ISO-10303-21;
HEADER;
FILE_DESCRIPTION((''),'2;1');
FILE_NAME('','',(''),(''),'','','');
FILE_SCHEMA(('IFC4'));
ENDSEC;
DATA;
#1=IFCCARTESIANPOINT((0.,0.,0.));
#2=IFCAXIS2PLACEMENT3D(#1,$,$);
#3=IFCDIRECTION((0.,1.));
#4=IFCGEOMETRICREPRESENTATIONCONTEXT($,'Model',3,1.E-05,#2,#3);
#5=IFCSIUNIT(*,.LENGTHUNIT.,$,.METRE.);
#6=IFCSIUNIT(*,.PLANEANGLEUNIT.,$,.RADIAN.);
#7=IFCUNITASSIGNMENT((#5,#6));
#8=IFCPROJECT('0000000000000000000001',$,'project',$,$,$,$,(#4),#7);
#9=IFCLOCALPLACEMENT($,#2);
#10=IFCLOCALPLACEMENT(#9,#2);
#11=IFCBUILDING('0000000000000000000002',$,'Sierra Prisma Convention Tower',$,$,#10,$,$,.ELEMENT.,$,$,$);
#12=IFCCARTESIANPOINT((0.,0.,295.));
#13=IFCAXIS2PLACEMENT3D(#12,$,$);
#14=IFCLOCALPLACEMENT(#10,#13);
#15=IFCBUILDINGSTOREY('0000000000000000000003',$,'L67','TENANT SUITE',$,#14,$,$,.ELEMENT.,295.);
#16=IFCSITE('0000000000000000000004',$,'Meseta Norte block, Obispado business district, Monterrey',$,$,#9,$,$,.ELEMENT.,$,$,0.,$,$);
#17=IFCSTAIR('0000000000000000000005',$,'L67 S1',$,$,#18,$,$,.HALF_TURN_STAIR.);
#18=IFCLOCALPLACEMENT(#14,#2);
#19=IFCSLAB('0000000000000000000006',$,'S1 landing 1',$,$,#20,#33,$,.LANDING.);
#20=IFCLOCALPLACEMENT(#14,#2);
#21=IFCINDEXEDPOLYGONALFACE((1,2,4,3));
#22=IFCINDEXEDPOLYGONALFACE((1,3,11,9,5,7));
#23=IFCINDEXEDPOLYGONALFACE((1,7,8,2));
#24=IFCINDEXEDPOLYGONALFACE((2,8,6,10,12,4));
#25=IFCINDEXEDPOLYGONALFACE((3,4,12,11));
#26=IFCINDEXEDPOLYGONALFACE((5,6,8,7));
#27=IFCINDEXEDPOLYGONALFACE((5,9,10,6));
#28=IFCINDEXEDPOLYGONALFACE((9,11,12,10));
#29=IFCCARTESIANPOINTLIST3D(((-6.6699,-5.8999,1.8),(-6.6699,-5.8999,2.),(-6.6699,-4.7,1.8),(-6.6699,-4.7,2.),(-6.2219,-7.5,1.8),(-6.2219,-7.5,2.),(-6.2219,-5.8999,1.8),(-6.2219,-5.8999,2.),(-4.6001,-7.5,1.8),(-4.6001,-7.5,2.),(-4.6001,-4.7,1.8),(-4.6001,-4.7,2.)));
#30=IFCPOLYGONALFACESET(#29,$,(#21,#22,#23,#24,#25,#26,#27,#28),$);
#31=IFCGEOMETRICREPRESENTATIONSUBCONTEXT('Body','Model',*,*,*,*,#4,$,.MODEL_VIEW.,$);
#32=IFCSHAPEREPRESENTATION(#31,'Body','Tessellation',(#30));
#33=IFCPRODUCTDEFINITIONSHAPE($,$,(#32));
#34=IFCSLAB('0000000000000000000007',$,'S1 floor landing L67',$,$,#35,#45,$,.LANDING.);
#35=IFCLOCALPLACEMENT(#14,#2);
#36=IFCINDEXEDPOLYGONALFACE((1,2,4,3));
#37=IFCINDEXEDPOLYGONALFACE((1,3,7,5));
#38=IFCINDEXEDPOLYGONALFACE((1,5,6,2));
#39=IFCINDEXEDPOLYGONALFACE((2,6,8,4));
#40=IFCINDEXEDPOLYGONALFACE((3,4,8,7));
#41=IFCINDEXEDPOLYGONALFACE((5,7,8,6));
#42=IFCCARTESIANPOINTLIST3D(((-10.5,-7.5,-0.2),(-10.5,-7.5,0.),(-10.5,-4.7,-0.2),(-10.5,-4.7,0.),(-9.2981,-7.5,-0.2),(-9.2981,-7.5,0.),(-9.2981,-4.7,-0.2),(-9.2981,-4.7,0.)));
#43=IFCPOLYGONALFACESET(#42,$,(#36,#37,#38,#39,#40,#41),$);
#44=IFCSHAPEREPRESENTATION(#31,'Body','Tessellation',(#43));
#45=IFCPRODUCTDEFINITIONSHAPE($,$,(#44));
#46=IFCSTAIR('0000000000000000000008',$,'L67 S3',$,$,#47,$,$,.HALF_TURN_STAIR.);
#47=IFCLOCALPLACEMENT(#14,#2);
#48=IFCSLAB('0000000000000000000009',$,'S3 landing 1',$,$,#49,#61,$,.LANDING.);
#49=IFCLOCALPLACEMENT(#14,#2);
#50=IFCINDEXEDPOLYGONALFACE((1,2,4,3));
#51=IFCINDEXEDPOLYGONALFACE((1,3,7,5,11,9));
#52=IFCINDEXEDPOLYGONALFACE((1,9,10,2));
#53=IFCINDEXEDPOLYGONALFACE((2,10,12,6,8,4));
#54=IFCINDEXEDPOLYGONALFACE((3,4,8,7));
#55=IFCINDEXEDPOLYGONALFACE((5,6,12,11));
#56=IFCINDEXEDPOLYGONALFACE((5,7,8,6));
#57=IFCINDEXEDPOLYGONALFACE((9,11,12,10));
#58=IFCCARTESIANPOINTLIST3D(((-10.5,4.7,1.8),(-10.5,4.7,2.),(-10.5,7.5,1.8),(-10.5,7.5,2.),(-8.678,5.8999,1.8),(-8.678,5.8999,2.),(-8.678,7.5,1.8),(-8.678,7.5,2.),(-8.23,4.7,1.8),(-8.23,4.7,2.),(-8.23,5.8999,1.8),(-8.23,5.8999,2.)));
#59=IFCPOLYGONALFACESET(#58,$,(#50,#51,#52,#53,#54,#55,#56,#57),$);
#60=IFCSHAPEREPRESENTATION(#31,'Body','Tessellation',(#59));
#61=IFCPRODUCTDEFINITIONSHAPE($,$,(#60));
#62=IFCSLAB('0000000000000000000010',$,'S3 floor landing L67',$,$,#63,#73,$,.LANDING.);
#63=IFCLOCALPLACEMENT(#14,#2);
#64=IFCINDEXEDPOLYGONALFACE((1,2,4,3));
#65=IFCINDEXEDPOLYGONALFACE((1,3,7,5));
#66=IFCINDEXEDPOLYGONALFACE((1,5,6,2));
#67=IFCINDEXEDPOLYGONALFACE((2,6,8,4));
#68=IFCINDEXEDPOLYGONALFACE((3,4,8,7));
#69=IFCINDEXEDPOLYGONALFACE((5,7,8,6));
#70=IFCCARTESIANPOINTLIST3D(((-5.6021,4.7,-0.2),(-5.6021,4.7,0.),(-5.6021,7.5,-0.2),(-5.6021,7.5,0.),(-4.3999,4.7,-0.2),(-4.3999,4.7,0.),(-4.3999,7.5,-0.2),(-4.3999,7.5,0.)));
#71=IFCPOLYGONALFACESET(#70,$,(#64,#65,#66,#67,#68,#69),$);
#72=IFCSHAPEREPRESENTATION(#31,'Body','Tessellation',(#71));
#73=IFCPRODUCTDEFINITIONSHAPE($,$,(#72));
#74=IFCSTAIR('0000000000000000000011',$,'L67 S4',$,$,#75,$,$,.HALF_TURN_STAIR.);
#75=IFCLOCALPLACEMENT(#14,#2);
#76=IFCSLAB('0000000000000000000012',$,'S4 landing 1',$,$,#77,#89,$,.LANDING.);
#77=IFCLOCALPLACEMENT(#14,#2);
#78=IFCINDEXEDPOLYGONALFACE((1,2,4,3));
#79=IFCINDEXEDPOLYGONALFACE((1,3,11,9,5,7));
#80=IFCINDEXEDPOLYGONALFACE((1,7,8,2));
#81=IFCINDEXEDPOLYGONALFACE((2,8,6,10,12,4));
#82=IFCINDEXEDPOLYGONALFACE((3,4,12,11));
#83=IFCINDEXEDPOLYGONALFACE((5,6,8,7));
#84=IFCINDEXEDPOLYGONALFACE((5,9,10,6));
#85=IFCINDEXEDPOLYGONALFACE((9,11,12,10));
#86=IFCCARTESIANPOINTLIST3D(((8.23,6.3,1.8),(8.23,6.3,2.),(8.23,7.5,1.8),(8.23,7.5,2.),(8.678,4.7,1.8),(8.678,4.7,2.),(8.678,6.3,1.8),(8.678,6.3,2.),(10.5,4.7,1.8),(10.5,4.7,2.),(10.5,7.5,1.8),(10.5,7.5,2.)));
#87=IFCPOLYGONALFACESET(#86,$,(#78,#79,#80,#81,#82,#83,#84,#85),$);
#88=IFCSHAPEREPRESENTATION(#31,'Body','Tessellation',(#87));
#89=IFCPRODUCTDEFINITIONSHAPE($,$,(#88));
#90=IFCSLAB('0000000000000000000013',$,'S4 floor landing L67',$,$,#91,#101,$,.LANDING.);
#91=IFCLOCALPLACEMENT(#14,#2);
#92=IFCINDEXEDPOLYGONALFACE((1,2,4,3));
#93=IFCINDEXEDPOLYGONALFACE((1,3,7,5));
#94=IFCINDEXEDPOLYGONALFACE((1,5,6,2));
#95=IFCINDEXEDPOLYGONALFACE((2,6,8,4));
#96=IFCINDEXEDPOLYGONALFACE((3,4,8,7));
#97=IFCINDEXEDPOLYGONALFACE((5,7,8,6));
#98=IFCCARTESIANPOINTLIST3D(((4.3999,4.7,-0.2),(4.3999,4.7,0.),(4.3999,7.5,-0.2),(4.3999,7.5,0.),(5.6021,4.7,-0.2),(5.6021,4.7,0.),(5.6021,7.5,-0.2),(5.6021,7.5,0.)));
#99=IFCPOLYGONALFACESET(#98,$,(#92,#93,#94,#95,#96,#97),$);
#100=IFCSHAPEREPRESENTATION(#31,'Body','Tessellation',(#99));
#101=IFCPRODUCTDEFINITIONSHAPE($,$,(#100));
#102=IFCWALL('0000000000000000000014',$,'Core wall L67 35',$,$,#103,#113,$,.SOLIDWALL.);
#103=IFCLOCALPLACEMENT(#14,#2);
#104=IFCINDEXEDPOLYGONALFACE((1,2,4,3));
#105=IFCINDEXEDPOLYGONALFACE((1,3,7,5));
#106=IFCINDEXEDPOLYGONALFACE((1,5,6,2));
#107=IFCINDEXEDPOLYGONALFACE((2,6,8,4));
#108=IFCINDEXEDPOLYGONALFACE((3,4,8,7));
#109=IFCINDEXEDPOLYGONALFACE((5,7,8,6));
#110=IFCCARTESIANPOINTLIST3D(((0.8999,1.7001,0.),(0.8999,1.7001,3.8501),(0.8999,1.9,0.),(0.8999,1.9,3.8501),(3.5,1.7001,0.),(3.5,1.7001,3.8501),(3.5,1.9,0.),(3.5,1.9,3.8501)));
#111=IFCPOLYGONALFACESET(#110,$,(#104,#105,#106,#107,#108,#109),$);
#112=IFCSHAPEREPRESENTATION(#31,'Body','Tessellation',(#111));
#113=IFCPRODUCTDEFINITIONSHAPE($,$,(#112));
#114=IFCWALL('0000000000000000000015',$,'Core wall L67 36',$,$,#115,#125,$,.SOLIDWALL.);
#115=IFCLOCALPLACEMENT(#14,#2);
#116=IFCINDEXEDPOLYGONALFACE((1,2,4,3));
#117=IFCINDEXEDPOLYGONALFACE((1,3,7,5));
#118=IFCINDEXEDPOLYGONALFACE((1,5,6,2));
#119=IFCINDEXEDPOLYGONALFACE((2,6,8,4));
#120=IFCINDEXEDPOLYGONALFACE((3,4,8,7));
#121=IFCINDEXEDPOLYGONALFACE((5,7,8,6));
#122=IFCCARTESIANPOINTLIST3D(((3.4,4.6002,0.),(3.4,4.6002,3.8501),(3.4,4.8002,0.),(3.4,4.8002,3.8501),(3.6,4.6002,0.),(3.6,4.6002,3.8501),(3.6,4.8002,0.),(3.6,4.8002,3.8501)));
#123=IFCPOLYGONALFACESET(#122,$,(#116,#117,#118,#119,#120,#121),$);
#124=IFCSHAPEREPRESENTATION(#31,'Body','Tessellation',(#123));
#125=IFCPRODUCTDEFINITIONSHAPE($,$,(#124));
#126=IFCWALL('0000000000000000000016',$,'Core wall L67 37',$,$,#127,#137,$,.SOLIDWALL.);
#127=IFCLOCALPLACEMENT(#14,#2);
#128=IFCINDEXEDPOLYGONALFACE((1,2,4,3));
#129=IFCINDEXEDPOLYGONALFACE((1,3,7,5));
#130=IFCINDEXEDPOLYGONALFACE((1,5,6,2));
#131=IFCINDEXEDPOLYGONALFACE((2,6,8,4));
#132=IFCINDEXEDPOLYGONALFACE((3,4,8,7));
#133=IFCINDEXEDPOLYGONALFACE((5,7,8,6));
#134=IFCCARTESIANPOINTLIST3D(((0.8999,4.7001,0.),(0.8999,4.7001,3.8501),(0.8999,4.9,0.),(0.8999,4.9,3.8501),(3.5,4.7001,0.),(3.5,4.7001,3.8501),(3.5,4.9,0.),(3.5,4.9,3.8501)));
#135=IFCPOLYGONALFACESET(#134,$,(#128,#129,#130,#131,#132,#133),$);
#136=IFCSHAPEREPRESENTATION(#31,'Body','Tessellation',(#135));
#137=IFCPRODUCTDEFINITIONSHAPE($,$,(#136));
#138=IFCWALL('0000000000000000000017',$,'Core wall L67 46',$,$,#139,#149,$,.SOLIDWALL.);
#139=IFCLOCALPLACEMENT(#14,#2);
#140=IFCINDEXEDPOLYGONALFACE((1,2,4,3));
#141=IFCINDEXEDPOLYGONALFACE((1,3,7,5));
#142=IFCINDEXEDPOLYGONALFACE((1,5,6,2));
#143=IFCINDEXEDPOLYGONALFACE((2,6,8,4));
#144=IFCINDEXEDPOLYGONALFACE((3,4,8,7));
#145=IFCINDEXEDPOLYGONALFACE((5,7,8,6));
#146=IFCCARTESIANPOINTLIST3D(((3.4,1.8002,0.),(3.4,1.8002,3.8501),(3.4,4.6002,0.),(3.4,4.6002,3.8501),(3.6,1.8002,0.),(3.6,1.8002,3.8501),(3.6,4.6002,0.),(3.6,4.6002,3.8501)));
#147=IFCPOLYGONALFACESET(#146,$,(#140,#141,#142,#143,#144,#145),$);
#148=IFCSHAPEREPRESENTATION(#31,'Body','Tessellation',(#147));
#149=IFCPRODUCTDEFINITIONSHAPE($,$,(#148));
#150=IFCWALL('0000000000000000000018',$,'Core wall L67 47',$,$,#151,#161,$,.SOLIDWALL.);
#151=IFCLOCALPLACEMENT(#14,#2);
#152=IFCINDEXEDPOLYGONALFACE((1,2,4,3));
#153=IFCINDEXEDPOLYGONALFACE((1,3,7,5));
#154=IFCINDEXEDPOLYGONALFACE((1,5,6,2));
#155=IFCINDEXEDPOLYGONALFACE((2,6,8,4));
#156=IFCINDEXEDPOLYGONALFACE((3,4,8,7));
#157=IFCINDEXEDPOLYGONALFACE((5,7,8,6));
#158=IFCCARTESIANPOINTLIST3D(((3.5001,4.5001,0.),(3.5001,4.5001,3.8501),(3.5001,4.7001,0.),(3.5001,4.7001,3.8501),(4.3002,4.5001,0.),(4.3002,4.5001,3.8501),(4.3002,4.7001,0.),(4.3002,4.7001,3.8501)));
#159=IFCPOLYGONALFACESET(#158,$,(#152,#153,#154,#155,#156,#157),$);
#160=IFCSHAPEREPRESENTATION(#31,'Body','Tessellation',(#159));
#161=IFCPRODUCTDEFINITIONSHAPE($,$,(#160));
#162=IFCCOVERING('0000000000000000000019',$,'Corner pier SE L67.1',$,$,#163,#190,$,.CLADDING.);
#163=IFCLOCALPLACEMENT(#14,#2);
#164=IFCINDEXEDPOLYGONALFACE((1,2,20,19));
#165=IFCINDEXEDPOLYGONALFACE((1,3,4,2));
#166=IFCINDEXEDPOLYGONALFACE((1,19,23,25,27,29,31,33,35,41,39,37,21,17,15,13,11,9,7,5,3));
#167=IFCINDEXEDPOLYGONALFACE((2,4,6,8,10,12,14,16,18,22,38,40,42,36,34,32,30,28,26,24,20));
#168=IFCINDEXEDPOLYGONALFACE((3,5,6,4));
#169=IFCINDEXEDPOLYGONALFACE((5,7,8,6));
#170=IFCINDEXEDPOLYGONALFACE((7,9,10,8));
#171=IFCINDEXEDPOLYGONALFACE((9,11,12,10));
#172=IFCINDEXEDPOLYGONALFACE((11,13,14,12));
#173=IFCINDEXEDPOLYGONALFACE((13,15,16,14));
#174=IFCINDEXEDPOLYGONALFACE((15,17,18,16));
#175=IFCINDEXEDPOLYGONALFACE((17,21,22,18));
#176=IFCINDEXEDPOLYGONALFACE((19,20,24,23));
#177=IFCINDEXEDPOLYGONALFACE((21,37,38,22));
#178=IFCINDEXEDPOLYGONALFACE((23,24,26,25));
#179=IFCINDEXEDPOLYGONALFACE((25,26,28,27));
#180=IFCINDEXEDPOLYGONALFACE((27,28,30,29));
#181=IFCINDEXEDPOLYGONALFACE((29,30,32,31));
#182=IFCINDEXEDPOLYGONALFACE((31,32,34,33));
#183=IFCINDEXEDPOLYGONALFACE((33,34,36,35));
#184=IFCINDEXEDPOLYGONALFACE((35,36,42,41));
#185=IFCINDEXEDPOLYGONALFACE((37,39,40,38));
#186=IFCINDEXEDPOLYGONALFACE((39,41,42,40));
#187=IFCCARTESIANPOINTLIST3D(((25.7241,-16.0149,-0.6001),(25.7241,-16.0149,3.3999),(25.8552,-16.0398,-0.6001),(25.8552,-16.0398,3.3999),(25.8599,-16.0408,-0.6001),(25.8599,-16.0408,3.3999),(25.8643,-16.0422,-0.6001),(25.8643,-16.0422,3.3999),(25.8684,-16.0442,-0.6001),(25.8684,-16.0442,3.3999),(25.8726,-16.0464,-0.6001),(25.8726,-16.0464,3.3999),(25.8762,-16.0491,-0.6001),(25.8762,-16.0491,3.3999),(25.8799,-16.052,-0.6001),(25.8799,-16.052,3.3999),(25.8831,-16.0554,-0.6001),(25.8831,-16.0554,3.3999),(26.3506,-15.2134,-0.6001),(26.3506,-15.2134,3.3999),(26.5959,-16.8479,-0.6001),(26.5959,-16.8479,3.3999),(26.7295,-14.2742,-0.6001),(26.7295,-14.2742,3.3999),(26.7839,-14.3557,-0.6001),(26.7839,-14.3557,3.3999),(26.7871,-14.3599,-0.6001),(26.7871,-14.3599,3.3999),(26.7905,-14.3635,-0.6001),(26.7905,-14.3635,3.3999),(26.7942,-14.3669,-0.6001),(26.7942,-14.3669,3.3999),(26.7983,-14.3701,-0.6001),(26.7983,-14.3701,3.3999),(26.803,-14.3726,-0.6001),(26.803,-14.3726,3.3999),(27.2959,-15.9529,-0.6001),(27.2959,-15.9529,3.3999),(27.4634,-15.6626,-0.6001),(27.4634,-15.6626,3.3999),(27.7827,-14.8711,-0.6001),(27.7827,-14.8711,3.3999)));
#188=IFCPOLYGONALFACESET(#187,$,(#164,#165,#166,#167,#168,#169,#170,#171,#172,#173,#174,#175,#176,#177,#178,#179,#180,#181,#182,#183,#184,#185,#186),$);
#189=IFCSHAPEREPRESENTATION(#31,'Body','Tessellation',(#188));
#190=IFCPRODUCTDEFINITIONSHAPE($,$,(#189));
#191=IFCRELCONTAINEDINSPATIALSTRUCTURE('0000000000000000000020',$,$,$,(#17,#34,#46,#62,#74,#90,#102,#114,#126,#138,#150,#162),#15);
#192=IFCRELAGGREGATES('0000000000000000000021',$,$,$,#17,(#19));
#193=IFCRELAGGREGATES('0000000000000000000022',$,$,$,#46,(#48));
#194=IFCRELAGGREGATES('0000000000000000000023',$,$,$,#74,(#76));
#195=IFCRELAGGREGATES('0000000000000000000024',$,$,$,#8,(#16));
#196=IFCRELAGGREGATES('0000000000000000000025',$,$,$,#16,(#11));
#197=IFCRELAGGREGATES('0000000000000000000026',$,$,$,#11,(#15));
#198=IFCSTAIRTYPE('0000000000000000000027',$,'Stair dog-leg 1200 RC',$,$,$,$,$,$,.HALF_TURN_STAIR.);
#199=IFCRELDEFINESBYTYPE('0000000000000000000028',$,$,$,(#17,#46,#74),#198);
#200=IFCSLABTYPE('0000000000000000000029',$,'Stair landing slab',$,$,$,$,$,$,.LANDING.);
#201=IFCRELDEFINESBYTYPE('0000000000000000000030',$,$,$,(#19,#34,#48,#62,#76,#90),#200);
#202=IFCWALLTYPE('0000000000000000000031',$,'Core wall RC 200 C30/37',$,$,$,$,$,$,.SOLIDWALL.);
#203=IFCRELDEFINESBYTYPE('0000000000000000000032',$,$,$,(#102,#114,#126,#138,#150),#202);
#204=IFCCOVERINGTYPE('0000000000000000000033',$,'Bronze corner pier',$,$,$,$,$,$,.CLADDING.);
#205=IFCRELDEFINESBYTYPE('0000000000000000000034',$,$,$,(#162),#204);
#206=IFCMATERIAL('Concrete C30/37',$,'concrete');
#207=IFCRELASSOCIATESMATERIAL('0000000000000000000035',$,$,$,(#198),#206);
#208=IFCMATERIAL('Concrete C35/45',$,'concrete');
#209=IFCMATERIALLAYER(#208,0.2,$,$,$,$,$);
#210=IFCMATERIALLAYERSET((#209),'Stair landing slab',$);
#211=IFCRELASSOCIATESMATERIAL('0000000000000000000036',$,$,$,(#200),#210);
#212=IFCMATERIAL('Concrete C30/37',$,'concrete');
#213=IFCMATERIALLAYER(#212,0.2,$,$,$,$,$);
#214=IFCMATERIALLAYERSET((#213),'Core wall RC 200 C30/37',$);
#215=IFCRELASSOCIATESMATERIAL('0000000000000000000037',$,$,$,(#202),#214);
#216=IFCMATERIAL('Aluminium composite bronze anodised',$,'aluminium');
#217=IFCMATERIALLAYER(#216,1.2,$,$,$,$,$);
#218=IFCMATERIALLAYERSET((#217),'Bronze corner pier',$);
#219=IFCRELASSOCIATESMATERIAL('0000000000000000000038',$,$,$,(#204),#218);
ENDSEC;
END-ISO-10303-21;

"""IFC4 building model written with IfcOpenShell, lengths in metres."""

from ifc_helpers import new_model, si_unit, direction, frame, frame_2d, origin, place, context, subcontext, project, spatial, polyline, rectangle, outline, extrude, material, layer, layer_set, type_object, element, aggregate, save


model = new_model("IFC4")

# Units and contexts
model_context = context("Model", 3, precision=1e-05, world=origin(), true_north=direction((0.0, 1.0)))
body_context = subcontext(model_context, "Body", "Model", "MODEL_VIEW")
ifc_project = project(units=[si_unit("LENGTHUNIT", "METRE"), si_unit("PLANEANGLEUNIT", "RADIAN")], contexts=[model_context])

# Site, building, storey
site_placement = place(None, origin())
site = spatial("IfcSite", under=ifc_project, at=site_placement, Name="Meseta Norte block, Obispado business district, Monterrey", CompositionType="ELEMENT", RefElevation=0.0)
building_placement = place(site_placement, origin())
building = spatial("IfcBuilding", under=site, at=building_placement, Name="Sierra Prisma Convention Tower", CompositionType="ELEMENT")
storey_placement = place(building_placement, frame((0.0, 0.0, 295.0)))
storey = spatial("IfcBuildingStorey", under=building, at=storey_placement, Name="L67", Description="TENANT SUITE", CompositionType="ELEMENT", Elevation=295.0)

# Stair, slab
ifc_material_1 = material(Name="Concrete C30/37", Category="concrete")
stair_type = type_object("IfcStairType", Name="Stair dog-leg 1200 RC", PredefinedType="HALF_TURN_STAIR", material=ifc_material_1)
stair_1_placement = place(storey_placement, origin())
stair_1 = element("IfcStair", 1, at=stair_1_placement, inside=storey, type_object=stair_type, Name="L67 S1", PredefinedType="HALF_TURN_STAIR")
ifc_material_2 = material(Name="Concrete C35/45", Category="concrete")
ifc_layer_1 = layer(ifc_material_2, 0.2)
ifc_layer_set_1 = layer_set([ifc_layer_1], Name="Stair landing slab")
slab_type = type_object("IfcSlabType", Name="Stair landing slab", PredefinedType="LANDING", material=ifc_layer_set_1)
slab_1_placement = place(storey_placement, frame((0.0, 0.0, 1.8)))
slab_1 = element("IfcSlab", 2, at=slab_1_placement, type_object=slab_type, Name="S1 landing 1", PredefinedType="LANDING", context=body_context, shape_type="SweptSolid", body=[
    extrude(outline(polyline([(-4.6001, -4.7), (-4.6001, -7.5), (-6.2219, -7.5), (-6.2219, -5.8999), (-6.6699, -5.8999), (-6.6699, -4.7), (-4.6001, -4.7)])), origin(), (0.0, 0.0, 1.0), 0.2),
])
aggregate(stair_1, [slab_1])

# Slab
slab_2_placement = place(storey_placement, frame((0.0, 0.0, -0.2)))
element("IfcSlab", 3, at=slab_2_placement, inside=storey, type_object=slab_type, Name="S1 floor landing L67", PredefinedType="LANDING", context=body_context, shape_type="SweptSolid", body=[
    extrude(outline(polyline([(-10.5, -7.5), (-9.2981, -7.5), (-9.2981, -4.7), (-10.5, -4.7), (-10.5, -7.5)])), origin(), (0.0, 0.0, 1.0), 0.2),
])

# Stair, slab
stair_2_placement = place(storey_placement, origin())
stair_2 = element("IfcStair", 4, at=stair_2_placement, inside=storey, type_object=stair_type, Name="L67 S3", PredefinedType="HALF_TURN_STAIR")
slab_3_placement = place(storey_placement, frame((0.0, 0.0, 1.8)))
slab_3 = element("IfcSlab", 5, at=slab_3_placement, type_object=slab_type, Name="S3 landing 1", PredefinedType="LANDING", context=body_context, shape_type="SweptSolid", body=[
    extrude(outline(polyline([(-8.23, 5.8999), (-8.23, 4.7), (-10.5, 4.7), (-10.5, 7.5), (-8.678, 7.5), (-8.678, 5.8999), (-8.23, 5.8999)])), origin(), (0.0, 0.0, 1.0), 0.2),
])
aggregate(stair_2, [slab_3])

# Slab
slab_4_placement = place(storey_placement, frame((0.0, 0.0, -0.2)))
element("IfcSlab", 6, at=slab_4_placement, inside=storey, type_object=slab_type, Name="S3 floor landing L67", PredefinedType="LANDING", context=body_context, shape_type="SweptSolid", body=[
    extrude(outline(polyline([(-4.3999, 7.5), (-5.6021, 7.5), (-5.6021, 4.7), (-4.3999, 4.7), (-4.3999, 7.5)])), origin(), (0.0, 0.0, 1.0), 0.2),
])

# Stair, slab
stair_3_placement = place(storey_placement, origin())
stair_3 = element("IfcStair", 7, at=stair_3_placement, inside=storey, type_object=stair_type, Name="L67 S4", PredefinedType="HALF_TURN_STAIR")
slab_5_placement = place(storey_placement, frame((0.0, 0.0, 1.8)))
slab_5 = element("IfcSlab", 8, at=slab_5_placement, type_object=slab_type, Name="S4 landing 1", PredefinedType="LANDING", context=body_context, shape_type="SweptSolid", body=[
    extrude(outline(polyline([(10.5, 7.5), (10.5, 4.7), (8.678, 4.7), (8.678, 6.3), (8.23, 6.3), (8.23, 7.5), (10.5, 7.5)])), origin(), (0.0, 0.0, 1.0), 0.2),
])
aggregate(stair_3, [slab_5])

# Slab
slab_6_placement = place(storey_placement, frame((0.0, 0.0, -0.2)))
element("IfcSlab", 9, at=slab_6_placement, inside=storey, type_object=slab_type, Name="S4 floor landing L67", PredefinedType="LANDING", context=body_context, shape_type="SweptSolid", body=[
    extrude(outline(polyline([(4.3999, 4.7), (5.6021, 4.7), (5.6021, 7.5), (4.3999, 7.5), (4.3999, 4.7)])), origin(), (0.0, 0.0, 1.0), 0.2),
])

# Shared definitions
ifc_material_3 = material(Name="Concrete C30/37", Category="concrete")
ifc_layer_2 = layer(ifc_material_3, 0.2)
ifc_layer_set_2 = layer_set([ifc_layer_2], Name="Core wall RC 200 C30/37")
wall_type = type_object("IfcWallType", Name="Core wall RC 200 C30/37", PredefinedType="SOLIDWALL", material=ifc_layer_set_2)

# Walls
wall_1_placement = place(storey_placement, frame((3.5, 1.8, 0.0), z_axis=(0.0, 0.0, 1.0), x_axis=(-1.0, 0.0, 0.0)))
element("IfcWall", 10, at=wall_1_placement, inside=storey, type_object=wall_type, Name="Core wall L67 35", PredefinedType="SOLIDWALL", context=body_context, shape_type="SweptSolid", body=[
    extrude(rectangle(XDim=2.6001, YDim=0.2, at=frame_2d((1.3, 0.0))), origin(), (0.0, 0.0, 1.0), 3.8501),
])
wall_2_placement = place(storey_placement, frame((3.5, 4.6001, 0.0), z_axis=(0.0, 0.0, 1.0), x_axis=(0.0, 1.0, 0.0)))
element("IfcWall", 11, at=wall_2_placement, inside=storey, type_object=wall_type, Name="Core wall L67 36", PredefinedType="SOLIDWALL", context=body_context, shape_type="SweptSolid", body=[
    extrude(rectangle(XDim=0.2, YDim=0.2, at=frame_2d((0.1001, 0.0))), origin(), (0.0, 0.0, 1.0), 3.8501),
])
wall_3_placement = place(storey_placement, frame((3.5, 4.8, 0.0), z_axis=(0.0, 0.0, 1.0), x_axis=(-1.0, 0.0, 0.0)))
element("IfcWall", 12, at=wall_3_placement, inside=storey, type_object=wall_type, Name="Core wall L67 37", PredefinedType="SOLIDWALL", context=body_context, shape_type="SweptSolid", body=[
    extrude(rectangle(XDim=2.6001, YDim=0.2, at=frame_2d((1.3, 0.0))), origin(), (0.0, 0.0, 1.0), 3.8501),
])

# Walls
wall_4_placement = place(storey_placement, frame((3.5, 4.6001, 0.0), z_axis=(0.0, 0.0, 1.0), x_axis=(0.0, -1.0, 0.0)))
element("IfcWall", 13, at=wall_4_placement, inside=storey, type_object=wall_type, Name="Core wall L67 46", PredefinedType="SOLIDWALL", context=body_context, shape_type="SweptSolid", body=[
    extrude(rectangle(XDim=2.8, YDim=0.2, at=frame_2d((1.3999, 0.0))), origin(), (0.0, 0.0, 1.0), 3.8501),
])
wall_5_placement = place(storey_placement, frame((4.3, 4.6001, 0.0), z_axis=(0.0, 0.0, 1.0), x_axis=(-1.0, 0.0, 0.0)))
element("IfcWall", 14, at=wall_5_placement, inside=storey, type_object=wall_type, Name="Core wall L67 47", PredefinedType="SOLIDWALL", context=body_context, shape_type="SweptSolid", body=[
    extrude(rectangle(XDim=0.8, YDim=0.2, at=frame_2d((0.3999, 0.0))), origin(), (0.0, 0.0, 1.0), 3.8501),
])

# Covering
ifc_material_4 = material(Name="Aluminium composite bronze anodised", Category="aluminium")
ifc_layer_3 = layer(ifc_material_4, 1.2)
ifc_layer_set_3 = layer_set([ifc_layer_3], Name="Bronze corner pier")
covering_type_1 = type_object("IfcCoveringType", Name="Bronze corner pier", PredefinedType="CLADDING", material=ifc_layer_set_3)
covering_1_placement = place(storey_placement, frame((0.0, 0.0, -0.6001)))
element("IfcCovering", 15, at=covering_1_placement, inside=storey, type_object=covering_type_1, Name="Corner pier SE L67.1", PredefinedType="CLADDING", context=body_context, shape_type="SweptSolid", body=[
    extrude(outline(polyline([(26.7839, -14.3557), (26.7871, -14.3599), (26.7905, -14.3635), (26.7942, -14.3669), (26.7983, -14.3701), (26.803, -14.3726), (27.7827, -14.8711), (27.4634, -15.6626), (27.2959, -15.9529), (26.5959, -16.8479), (25.8831, -16.0554), (25.8799, -16.052), (25.8762, -16.0491), (25.8726, -16.0464), (25.8684, -16.0442), (25.8643, -16.0422), (25.8599, -16.0408), (25.8552, -16.0398), (25.7241, -16.0149), (26.3506, -15.2134), (26.7295, -14.2742), (26.7839, -14.3557)])), origin(), (0.0, 0.0, 1.0), 4.0),
])

save(model, "model.ifc")
